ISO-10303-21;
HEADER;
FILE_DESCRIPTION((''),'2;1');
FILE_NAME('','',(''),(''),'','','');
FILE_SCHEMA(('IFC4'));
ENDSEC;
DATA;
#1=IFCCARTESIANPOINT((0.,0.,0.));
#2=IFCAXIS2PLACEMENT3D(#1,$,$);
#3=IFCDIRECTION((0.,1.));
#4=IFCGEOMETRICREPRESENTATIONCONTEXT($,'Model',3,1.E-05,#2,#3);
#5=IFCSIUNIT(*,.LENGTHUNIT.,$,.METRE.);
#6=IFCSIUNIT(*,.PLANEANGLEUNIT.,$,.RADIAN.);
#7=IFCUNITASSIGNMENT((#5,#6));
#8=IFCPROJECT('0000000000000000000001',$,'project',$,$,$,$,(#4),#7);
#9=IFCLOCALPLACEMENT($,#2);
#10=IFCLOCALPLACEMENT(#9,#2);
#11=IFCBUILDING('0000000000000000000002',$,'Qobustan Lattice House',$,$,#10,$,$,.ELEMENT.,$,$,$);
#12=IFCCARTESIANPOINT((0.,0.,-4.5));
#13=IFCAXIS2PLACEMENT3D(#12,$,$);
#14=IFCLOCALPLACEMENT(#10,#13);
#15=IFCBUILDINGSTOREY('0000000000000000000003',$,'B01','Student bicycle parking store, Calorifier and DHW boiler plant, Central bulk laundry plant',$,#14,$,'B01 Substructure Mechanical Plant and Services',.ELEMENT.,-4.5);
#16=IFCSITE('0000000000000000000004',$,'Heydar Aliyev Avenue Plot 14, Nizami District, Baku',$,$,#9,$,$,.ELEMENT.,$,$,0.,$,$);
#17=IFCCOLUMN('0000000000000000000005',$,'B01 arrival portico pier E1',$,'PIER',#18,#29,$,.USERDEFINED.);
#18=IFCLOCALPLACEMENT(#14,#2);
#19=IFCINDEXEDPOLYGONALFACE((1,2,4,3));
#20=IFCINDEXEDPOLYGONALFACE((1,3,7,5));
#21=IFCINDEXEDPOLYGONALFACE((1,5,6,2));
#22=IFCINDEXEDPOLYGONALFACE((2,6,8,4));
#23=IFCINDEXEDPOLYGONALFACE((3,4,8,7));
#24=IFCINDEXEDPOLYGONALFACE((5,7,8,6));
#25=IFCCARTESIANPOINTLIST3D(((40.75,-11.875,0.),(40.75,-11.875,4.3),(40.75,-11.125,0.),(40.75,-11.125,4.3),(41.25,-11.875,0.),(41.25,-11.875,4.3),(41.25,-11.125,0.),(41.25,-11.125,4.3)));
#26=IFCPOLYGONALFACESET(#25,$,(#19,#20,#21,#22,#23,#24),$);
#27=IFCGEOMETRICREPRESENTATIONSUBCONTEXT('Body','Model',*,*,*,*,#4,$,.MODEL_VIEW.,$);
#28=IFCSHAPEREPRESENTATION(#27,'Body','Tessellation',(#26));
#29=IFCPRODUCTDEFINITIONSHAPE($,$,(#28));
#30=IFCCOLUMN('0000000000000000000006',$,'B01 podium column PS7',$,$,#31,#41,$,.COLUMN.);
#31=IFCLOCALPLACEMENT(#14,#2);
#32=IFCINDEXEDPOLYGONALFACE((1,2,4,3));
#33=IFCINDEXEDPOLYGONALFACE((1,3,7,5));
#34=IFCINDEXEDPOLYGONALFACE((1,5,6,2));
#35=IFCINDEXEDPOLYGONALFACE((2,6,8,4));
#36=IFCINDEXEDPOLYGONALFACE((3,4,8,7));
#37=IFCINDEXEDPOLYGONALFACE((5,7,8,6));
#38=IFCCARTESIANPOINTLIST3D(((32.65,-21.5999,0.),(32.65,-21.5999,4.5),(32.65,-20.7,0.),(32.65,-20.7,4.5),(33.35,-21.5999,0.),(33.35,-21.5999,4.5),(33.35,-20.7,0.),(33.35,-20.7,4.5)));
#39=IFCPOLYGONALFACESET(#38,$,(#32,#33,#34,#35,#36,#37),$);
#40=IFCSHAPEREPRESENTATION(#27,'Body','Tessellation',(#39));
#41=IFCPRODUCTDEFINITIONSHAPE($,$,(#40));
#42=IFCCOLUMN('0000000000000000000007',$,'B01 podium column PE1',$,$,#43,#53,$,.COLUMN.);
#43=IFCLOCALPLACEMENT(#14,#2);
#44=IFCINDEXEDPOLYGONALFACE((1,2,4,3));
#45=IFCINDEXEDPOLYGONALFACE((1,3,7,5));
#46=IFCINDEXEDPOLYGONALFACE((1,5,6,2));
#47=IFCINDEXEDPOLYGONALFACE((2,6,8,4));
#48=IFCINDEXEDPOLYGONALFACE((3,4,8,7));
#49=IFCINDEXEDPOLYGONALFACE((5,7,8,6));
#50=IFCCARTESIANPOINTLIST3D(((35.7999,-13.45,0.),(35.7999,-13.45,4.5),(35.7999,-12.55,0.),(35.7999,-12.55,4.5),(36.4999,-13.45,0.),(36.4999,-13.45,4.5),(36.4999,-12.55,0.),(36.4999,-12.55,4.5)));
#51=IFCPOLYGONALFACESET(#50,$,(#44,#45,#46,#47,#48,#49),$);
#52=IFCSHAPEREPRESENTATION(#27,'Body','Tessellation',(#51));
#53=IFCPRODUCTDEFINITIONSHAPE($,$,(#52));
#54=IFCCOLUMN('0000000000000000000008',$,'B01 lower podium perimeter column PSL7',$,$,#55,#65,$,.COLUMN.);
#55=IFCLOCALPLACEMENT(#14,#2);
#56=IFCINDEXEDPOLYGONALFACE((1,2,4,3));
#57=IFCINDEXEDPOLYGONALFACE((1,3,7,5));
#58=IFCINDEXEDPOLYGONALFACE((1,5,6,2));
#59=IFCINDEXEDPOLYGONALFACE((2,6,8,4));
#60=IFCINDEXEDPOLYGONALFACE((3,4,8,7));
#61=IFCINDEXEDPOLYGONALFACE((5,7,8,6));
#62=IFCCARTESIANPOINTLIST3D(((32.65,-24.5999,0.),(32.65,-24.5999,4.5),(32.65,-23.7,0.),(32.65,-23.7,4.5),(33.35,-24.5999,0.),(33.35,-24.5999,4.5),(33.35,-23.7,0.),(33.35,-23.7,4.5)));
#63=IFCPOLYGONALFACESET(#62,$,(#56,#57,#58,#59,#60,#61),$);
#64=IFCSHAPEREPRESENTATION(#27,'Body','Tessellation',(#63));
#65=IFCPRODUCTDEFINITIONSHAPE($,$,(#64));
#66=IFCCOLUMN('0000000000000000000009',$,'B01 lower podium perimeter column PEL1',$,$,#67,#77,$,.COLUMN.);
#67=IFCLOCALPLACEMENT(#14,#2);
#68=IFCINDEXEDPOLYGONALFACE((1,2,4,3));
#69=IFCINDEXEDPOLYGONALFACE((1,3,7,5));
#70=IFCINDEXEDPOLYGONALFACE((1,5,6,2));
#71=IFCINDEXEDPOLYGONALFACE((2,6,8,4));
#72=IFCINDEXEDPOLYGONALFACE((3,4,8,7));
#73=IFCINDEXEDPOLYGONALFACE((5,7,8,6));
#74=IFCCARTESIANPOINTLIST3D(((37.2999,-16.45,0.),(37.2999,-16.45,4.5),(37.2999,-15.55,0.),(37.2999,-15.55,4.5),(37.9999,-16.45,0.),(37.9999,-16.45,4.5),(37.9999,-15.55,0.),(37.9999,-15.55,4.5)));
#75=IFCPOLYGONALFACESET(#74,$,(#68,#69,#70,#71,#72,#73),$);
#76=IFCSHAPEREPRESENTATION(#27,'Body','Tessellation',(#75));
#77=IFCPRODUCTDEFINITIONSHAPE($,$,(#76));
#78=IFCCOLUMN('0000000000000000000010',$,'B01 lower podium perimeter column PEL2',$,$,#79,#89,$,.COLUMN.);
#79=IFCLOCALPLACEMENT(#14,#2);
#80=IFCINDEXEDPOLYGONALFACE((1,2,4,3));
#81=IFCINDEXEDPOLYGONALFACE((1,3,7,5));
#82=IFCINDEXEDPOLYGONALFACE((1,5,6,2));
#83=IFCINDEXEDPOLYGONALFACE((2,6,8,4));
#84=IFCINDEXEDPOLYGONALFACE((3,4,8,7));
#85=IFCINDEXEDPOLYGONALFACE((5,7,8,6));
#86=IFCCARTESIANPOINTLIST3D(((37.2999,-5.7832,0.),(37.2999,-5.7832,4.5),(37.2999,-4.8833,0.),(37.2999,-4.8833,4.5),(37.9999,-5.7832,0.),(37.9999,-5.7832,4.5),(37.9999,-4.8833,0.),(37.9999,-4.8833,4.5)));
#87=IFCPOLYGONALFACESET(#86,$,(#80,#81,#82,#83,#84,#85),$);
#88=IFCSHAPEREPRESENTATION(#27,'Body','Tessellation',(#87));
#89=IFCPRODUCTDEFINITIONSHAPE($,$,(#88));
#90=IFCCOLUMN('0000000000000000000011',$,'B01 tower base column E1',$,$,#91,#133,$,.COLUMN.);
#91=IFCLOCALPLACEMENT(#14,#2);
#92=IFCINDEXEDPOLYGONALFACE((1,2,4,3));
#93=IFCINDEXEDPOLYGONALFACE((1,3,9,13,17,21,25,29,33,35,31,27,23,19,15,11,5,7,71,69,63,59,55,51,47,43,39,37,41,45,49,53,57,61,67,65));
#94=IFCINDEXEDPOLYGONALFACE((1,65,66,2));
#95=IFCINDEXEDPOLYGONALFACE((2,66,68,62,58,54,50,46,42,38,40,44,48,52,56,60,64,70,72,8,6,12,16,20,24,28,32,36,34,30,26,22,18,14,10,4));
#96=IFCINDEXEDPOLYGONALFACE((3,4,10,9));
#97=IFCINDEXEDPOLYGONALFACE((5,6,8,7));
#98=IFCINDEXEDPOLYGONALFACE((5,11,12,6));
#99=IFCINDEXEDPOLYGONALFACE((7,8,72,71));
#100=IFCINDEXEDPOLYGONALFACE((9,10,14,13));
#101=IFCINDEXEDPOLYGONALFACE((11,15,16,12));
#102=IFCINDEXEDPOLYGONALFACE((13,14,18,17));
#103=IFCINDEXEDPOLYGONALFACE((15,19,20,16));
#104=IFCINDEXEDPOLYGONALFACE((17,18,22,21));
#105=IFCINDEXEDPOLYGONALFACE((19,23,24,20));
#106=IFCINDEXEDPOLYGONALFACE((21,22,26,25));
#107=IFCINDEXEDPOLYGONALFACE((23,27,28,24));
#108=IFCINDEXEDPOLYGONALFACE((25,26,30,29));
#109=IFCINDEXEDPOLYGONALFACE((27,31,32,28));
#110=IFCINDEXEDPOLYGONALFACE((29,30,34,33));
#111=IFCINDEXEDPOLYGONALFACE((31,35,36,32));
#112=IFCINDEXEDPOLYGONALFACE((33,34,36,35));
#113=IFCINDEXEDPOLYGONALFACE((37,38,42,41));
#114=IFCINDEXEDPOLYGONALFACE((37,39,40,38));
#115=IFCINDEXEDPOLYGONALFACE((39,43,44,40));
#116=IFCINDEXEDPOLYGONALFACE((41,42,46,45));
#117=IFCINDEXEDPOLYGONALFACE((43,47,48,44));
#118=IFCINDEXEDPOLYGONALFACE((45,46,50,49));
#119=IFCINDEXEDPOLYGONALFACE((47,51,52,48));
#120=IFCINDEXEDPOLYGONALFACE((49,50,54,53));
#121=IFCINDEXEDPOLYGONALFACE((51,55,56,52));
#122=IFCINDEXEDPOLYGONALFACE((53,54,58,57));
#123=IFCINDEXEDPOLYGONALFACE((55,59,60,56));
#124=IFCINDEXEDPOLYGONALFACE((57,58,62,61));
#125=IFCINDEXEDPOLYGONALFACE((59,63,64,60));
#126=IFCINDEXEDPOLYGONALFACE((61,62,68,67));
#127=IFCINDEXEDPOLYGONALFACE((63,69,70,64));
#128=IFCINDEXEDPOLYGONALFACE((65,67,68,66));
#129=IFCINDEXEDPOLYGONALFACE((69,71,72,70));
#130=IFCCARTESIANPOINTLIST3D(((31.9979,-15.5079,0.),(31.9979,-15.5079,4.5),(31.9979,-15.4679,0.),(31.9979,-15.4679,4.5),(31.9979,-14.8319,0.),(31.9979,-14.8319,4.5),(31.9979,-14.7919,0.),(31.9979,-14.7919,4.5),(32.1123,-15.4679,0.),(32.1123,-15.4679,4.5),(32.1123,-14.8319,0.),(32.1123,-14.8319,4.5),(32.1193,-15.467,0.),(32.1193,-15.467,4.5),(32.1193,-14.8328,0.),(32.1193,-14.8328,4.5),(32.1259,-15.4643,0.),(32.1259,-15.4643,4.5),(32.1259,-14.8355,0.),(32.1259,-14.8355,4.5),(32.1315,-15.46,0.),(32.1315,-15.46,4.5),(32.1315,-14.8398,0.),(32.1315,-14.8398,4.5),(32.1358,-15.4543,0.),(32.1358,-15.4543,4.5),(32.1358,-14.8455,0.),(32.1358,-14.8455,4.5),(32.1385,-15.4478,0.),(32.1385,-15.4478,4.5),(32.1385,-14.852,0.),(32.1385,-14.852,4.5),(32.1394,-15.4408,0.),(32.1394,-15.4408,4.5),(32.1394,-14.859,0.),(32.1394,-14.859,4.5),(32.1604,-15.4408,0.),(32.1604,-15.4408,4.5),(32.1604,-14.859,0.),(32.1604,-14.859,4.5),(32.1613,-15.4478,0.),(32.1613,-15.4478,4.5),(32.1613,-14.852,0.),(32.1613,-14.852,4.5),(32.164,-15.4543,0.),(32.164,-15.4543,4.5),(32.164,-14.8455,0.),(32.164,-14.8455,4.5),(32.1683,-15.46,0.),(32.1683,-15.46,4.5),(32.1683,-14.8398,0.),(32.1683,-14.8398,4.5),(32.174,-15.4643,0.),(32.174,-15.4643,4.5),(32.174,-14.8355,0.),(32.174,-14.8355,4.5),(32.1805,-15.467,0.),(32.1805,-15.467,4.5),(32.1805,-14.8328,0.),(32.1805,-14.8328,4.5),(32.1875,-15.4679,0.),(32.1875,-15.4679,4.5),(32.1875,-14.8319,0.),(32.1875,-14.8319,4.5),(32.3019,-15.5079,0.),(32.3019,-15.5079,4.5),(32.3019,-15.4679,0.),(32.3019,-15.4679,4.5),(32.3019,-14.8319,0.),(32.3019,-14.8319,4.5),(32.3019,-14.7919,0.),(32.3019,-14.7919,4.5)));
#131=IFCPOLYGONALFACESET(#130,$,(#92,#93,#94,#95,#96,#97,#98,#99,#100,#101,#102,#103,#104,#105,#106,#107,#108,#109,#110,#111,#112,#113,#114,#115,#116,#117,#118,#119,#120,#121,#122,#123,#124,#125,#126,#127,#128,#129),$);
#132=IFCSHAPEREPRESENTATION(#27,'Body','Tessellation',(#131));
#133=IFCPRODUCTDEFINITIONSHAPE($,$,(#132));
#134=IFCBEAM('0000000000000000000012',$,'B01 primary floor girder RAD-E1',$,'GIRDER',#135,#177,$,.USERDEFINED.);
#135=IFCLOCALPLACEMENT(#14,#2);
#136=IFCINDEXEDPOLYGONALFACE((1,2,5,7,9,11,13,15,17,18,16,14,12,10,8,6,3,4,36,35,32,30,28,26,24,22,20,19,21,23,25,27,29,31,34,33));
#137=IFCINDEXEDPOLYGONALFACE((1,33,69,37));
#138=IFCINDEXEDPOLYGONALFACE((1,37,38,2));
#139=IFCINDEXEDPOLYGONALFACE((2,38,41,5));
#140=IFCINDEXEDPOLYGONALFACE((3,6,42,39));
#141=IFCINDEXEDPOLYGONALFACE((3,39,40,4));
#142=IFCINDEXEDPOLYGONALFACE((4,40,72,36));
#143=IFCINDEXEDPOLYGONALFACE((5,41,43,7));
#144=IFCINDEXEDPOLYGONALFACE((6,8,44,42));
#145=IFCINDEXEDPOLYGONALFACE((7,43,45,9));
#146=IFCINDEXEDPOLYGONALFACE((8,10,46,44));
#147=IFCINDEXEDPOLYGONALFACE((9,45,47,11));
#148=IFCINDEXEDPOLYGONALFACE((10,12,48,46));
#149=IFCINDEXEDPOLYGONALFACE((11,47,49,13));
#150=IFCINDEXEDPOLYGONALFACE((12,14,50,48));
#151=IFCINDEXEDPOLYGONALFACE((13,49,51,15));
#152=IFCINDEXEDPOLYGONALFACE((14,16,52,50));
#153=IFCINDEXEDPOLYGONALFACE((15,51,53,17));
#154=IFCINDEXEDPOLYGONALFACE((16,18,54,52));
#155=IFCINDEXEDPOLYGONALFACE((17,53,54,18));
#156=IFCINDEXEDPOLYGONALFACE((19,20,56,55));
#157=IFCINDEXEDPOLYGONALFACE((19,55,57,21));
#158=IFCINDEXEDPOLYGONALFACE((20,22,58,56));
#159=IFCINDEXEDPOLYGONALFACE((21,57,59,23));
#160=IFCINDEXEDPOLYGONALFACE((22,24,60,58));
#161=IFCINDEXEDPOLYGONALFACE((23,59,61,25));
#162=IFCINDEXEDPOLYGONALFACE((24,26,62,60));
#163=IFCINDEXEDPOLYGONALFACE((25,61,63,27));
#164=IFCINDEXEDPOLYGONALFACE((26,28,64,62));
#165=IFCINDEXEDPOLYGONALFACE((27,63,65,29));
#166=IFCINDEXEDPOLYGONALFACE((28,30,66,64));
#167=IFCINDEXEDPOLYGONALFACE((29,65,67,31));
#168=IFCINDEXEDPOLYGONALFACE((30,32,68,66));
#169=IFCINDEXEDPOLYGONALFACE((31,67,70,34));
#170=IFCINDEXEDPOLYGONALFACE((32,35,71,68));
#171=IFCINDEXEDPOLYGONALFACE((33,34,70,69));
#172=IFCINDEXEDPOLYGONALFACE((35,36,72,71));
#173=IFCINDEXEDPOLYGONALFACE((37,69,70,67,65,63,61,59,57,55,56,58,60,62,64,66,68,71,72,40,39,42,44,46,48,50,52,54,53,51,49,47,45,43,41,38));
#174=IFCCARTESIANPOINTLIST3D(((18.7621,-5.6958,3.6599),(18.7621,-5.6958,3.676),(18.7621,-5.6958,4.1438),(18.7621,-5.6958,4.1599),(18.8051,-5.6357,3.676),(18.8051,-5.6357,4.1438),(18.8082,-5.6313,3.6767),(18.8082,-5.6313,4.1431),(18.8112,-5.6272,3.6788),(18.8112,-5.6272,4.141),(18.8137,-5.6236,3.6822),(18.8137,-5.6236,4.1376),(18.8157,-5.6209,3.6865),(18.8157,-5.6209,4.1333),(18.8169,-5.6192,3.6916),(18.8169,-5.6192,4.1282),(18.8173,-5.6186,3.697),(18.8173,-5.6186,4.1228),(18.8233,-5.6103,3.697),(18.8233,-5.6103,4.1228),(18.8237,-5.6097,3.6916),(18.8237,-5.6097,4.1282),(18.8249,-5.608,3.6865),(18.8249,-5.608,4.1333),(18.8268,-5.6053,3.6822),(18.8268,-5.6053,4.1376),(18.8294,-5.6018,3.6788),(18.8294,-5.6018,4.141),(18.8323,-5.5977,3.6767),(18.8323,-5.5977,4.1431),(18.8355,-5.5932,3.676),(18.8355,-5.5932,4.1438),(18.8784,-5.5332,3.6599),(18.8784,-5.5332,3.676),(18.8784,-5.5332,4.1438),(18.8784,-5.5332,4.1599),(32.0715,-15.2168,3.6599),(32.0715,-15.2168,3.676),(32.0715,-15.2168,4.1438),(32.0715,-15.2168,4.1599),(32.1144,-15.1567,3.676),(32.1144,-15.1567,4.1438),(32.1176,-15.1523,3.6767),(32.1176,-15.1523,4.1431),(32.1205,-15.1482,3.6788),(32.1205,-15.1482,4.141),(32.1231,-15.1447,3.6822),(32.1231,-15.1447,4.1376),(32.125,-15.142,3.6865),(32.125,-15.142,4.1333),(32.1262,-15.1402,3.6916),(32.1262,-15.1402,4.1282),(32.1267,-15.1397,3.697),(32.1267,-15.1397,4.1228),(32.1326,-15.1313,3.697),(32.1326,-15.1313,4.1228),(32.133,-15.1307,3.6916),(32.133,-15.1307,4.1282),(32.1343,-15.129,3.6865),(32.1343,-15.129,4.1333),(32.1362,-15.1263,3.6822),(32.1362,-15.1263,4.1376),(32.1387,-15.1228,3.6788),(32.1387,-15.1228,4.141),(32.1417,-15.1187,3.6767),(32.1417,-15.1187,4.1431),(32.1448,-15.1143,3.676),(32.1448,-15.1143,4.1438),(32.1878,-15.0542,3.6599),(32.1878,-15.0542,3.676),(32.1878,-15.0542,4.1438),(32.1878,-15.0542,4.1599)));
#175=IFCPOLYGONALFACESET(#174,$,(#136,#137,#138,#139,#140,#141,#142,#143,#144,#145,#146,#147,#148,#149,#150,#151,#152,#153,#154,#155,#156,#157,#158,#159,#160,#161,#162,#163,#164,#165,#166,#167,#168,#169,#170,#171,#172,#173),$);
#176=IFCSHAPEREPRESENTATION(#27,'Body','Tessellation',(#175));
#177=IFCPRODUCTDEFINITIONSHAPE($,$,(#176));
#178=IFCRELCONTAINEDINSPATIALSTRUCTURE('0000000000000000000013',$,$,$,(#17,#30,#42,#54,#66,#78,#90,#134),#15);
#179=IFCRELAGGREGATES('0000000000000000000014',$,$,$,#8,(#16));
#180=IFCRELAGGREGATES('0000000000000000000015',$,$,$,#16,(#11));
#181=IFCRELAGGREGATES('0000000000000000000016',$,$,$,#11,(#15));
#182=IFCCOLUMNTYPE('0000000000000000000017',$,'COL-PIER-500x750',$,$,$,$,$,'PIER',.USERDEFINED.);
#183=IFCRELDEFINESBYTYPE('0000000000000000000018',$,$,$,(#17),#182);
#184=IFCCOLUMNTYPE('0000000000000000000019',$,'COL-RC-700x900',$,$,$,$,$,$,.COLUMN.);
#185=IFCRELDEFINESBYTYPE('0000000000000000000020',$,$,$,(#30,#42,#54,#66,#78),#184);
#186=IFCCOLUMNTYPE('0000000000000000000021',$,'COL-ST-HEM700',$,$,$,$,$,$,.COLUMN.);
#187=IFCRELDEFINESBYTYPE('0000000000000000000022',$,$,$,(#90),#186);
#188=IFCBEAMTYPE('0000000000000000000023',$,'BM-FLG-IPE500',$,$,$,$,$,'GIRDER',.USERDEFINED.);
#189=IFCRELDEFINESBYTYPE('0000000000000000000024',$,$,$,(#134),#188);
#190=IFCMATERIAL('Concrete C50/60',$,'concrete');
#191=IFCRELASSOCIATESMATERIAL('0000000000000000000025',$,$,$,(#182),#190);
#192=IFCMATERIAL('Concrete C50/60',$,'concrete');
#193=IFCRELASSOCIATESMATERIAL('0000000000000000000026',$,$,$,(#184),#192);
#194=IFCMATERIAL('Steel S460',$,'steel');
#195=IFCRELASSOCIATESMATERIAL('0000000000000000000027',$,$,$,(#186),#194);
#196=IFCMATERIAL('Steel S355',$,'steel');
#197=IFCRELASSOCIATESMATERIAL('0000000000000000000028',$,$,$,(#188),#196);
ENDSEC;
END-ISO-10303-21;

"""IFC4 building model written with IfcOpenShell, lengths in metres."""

from ifc_helpers import new_model, si_unit, direction, frame, origin, origin_2d, place, context, subcontext, project, spatial, rectangle, i_section, extrude, material, material_profile, profile_set, type_object, element, save


model = new_model("IFC4")

# Units and contexts
model_context = context("Model", 3, precision=1e-05, world=origin(), true_north=direction((0.0, 1.0)))
body_context = subcontext(model_context, "Body", "Model", "MODEL_VIEW")
ifc_project = project(units=[si_unit("LENGTHUNIT", "METRE"), si_unit("PLANEANGLEUNIT", "RADIAN")], contexts=[model_context])

# Site, building, storey
site_placement = place(None, origin())
site = spatial("IfcSite", under=ifc_project, at=site_placement, Name="Heydar Aliyev Avenue Plot 14, Nizami District, Baku", CompositionType="ELEMENT", RefElevation=0.0)
building_placement = place(site_placement, origin())
building = spatial("IfcBuilding", under=site, at=building_placement, Name="Qobustan Lattice House", CompositionType="ELEMENT")
storey_placement = place(building_placement, frame((0.0, 0.0, -4.5)))
storey = spatial("IfcBuildingStorey", under=building, at=storey_placement, Name="B01", Description="Student bicycle parking store, Calorifier and DHW boiler plant, Central bulk laundry plant", LongName="B01 Substructure Mechanical Plant and Services", CompositionType="ELEMENT", Elevation=-4.5)

# Columns
ifc_material_1 = material(Name="Concrete C50/60", Category="concrete")
ifc_material_profile_1 = material_profile(ifc_material_1, rectangle(XDim=0.5, YDim=0.75, at=origin_2d()), Name="RC500x750")
ifc_profile_set_1 = profile_set([ifc_material_profile_1], Name="Concrete C50/60")
column_type_1 = type_object("IfcColumnType", Name="COL-PIER-500x750", ElementType="PIER", PredefinedType="USERDEFINED", material=ifc_profile_set_1)
column_1_placement = place(storey_placement, frame((41.0, -11.5, 0.0), z_axis=(0.0, 0.0, 1.0), x_axis=(1.0, 0.0, 0.0)))
element("IfcColumn", 1, at=column_1_placement, inside=storey, type_object=column_type_1, Name="B01 arrival portico pier E1", ObjectType="PIER", PredefinedType="USERDEFINED", context=body_context, shape_type="SweptSolid", body=[
    extrude(rectangle(XDim=0.5, YDim=0.75, at=origin_2d()), origin(), (0.0, 0.0, 1.0), 4.3),
])
ifc_material_2 = material(Name="Concrete C50/60", Category="concrete")
ifc_material_profile_2 = material_profile(ifc_material_2, rectangle(XDim=0.7, YDim=0.8999, at=origin_2d()), Name="RC700x900")
ifc_profile_set_2 = profile_set([ifc_material_profile_2], Name="Concrete C50/60")
column_type_2 = type_object("IfcColumnType", Name="COL-RC-700x900", PredefinedType="COLUMN", material=ifc_profile_set_2)
for number, where, z_axis, x_axis, name in (
    (2, (33.0, -21.1499, 0.0), (0.0, 0.0, 1.0), (1.0, 0.0, 0.0), "B01 podium column PS7"),
    (3, (36.1499, -13.0, 0.0), (0.0, 0.0, 1.0), (1.0, 0.0, 0.0), "B01 podium column PE1"),
    (4, (33.0, -24.1499, 0.0), (0.0, 0.0, 1.0), (1.0, 0.0, 0.0), "B01 lower podium perimeter column PSL7"),
    (5, (37.6499, -16.0, 0.0), (0.0, 0.0, 1.0), (1.0, 0.0, 0.0), "B01 lower podium perimeter column PEL1"),
    (6, (37.6499, -5.3333, 0.0), (0.0, 0.0, 1.0), (1.0, 0.0, 0.0), "B01 lower podium perimeter column PEL2"),
):
    element("IfcColumn", number, at=place(storey_placement, frame(where, z_axis=z_axis, x_axis=x_axis)), inside=storey, type_object=column_type_2, Name=name, PredefinedType="COLUMN", context=body_context, shape_type="SweptSolid", body=[
        extrude(rectangle(XDim=0.7, YDim=0.8999, at=origin_2d()), origin(), (0.0, 0.0, 1.0), 4.5),
    ])
ifc_material_3 = material(Name="Steel S460", Category="steel")
ifc_material_profile_3 = material_profile(ifc_material_3, i_section(OverallWidth=0.304, OverallDepth=0.7161, WebThickness=0.021, FlangeThickness=0.04, FilletRadius=0.0271, at=origin_2d()), Name="HEM700")
ifc_profile_set_3 = profile_set([ifc_material_profile_3], Name="Steel S460")
column_type_3 = type_object("IfcColumnType", Name="COL-ST-HEM700", PredefinedType="COLUMN", material=ifc_profile_set_3)
column_2_placement = place(storey_placement, frame((32.1499, -15.1499, 0.0), z_axis=(0.0, 0.0, 1.0), x_axis=(1.0, 0.0, 0.0)))
element("IfcColumn", 7, at=column_2_placement, inside=storey, type_object=column_type_3, Name="B01 tower base column E1", PredefinedType="COLUMN", context=body_context, shape_type="SweptSolid", body=[
    extrude(i_section(OverallWidth=0.304, OverallDepth=0.7161, WebThickness=0.021, FlangeThickness=0.04, FilletRadius=0.0271, at=origin_2d()), origin(), (0.0, 0.0, 1.0), 4.5),
])

# Beam
ifc_material_4 = material(Name="Steel S355", Category="steel")
ifc_material_profile_4 = material_profile(ifc_material_4, i_section(OverallWidth=0.2, OverallDepth=0.5, WebThickness=0.0103, FlangeThickness=0.0161, FilletRadius=0.021, at=origin_2d()), Name="IPE500")
ifc_profile_set_4 = profile_set([ifc_material_profile_4], Name="Steel S355")
beam_type_1 = type_object("IfcBeamType", Name="BM-FLG-IPE500", ElementType="GIRDER", PredefinedType="USERDEFINED", material=ifc_profile_set_4)
beam_1_placement = place(storey_placement, frame((32.1296, -15.1355, 3.9099), z_axis=(-0.813319, 0.581818, 0.0), x_axis=(-0.581818, -0.813319, 0.0)))
element("IfcBeam", 8, at=beam_1_placement, inside=storey, type_object=beam_type_1, Name="B01 primary floor girder RAD-E1", ObjectType="GIRDER", PredefinedType="USERDEFINED", context=body_context, shape_type="SweptSolid", body=[
    extrude(i_section(OverallWidth=0.2, OverallDepth=0.5, WebThickness=0.0103, FlangeThickness=0.0161, FilletRadius=0.021, at=origin_2d()), origin(), (0.0, 0.0, 1.0), 16.3643),
])

save(model, "model.ifc")
